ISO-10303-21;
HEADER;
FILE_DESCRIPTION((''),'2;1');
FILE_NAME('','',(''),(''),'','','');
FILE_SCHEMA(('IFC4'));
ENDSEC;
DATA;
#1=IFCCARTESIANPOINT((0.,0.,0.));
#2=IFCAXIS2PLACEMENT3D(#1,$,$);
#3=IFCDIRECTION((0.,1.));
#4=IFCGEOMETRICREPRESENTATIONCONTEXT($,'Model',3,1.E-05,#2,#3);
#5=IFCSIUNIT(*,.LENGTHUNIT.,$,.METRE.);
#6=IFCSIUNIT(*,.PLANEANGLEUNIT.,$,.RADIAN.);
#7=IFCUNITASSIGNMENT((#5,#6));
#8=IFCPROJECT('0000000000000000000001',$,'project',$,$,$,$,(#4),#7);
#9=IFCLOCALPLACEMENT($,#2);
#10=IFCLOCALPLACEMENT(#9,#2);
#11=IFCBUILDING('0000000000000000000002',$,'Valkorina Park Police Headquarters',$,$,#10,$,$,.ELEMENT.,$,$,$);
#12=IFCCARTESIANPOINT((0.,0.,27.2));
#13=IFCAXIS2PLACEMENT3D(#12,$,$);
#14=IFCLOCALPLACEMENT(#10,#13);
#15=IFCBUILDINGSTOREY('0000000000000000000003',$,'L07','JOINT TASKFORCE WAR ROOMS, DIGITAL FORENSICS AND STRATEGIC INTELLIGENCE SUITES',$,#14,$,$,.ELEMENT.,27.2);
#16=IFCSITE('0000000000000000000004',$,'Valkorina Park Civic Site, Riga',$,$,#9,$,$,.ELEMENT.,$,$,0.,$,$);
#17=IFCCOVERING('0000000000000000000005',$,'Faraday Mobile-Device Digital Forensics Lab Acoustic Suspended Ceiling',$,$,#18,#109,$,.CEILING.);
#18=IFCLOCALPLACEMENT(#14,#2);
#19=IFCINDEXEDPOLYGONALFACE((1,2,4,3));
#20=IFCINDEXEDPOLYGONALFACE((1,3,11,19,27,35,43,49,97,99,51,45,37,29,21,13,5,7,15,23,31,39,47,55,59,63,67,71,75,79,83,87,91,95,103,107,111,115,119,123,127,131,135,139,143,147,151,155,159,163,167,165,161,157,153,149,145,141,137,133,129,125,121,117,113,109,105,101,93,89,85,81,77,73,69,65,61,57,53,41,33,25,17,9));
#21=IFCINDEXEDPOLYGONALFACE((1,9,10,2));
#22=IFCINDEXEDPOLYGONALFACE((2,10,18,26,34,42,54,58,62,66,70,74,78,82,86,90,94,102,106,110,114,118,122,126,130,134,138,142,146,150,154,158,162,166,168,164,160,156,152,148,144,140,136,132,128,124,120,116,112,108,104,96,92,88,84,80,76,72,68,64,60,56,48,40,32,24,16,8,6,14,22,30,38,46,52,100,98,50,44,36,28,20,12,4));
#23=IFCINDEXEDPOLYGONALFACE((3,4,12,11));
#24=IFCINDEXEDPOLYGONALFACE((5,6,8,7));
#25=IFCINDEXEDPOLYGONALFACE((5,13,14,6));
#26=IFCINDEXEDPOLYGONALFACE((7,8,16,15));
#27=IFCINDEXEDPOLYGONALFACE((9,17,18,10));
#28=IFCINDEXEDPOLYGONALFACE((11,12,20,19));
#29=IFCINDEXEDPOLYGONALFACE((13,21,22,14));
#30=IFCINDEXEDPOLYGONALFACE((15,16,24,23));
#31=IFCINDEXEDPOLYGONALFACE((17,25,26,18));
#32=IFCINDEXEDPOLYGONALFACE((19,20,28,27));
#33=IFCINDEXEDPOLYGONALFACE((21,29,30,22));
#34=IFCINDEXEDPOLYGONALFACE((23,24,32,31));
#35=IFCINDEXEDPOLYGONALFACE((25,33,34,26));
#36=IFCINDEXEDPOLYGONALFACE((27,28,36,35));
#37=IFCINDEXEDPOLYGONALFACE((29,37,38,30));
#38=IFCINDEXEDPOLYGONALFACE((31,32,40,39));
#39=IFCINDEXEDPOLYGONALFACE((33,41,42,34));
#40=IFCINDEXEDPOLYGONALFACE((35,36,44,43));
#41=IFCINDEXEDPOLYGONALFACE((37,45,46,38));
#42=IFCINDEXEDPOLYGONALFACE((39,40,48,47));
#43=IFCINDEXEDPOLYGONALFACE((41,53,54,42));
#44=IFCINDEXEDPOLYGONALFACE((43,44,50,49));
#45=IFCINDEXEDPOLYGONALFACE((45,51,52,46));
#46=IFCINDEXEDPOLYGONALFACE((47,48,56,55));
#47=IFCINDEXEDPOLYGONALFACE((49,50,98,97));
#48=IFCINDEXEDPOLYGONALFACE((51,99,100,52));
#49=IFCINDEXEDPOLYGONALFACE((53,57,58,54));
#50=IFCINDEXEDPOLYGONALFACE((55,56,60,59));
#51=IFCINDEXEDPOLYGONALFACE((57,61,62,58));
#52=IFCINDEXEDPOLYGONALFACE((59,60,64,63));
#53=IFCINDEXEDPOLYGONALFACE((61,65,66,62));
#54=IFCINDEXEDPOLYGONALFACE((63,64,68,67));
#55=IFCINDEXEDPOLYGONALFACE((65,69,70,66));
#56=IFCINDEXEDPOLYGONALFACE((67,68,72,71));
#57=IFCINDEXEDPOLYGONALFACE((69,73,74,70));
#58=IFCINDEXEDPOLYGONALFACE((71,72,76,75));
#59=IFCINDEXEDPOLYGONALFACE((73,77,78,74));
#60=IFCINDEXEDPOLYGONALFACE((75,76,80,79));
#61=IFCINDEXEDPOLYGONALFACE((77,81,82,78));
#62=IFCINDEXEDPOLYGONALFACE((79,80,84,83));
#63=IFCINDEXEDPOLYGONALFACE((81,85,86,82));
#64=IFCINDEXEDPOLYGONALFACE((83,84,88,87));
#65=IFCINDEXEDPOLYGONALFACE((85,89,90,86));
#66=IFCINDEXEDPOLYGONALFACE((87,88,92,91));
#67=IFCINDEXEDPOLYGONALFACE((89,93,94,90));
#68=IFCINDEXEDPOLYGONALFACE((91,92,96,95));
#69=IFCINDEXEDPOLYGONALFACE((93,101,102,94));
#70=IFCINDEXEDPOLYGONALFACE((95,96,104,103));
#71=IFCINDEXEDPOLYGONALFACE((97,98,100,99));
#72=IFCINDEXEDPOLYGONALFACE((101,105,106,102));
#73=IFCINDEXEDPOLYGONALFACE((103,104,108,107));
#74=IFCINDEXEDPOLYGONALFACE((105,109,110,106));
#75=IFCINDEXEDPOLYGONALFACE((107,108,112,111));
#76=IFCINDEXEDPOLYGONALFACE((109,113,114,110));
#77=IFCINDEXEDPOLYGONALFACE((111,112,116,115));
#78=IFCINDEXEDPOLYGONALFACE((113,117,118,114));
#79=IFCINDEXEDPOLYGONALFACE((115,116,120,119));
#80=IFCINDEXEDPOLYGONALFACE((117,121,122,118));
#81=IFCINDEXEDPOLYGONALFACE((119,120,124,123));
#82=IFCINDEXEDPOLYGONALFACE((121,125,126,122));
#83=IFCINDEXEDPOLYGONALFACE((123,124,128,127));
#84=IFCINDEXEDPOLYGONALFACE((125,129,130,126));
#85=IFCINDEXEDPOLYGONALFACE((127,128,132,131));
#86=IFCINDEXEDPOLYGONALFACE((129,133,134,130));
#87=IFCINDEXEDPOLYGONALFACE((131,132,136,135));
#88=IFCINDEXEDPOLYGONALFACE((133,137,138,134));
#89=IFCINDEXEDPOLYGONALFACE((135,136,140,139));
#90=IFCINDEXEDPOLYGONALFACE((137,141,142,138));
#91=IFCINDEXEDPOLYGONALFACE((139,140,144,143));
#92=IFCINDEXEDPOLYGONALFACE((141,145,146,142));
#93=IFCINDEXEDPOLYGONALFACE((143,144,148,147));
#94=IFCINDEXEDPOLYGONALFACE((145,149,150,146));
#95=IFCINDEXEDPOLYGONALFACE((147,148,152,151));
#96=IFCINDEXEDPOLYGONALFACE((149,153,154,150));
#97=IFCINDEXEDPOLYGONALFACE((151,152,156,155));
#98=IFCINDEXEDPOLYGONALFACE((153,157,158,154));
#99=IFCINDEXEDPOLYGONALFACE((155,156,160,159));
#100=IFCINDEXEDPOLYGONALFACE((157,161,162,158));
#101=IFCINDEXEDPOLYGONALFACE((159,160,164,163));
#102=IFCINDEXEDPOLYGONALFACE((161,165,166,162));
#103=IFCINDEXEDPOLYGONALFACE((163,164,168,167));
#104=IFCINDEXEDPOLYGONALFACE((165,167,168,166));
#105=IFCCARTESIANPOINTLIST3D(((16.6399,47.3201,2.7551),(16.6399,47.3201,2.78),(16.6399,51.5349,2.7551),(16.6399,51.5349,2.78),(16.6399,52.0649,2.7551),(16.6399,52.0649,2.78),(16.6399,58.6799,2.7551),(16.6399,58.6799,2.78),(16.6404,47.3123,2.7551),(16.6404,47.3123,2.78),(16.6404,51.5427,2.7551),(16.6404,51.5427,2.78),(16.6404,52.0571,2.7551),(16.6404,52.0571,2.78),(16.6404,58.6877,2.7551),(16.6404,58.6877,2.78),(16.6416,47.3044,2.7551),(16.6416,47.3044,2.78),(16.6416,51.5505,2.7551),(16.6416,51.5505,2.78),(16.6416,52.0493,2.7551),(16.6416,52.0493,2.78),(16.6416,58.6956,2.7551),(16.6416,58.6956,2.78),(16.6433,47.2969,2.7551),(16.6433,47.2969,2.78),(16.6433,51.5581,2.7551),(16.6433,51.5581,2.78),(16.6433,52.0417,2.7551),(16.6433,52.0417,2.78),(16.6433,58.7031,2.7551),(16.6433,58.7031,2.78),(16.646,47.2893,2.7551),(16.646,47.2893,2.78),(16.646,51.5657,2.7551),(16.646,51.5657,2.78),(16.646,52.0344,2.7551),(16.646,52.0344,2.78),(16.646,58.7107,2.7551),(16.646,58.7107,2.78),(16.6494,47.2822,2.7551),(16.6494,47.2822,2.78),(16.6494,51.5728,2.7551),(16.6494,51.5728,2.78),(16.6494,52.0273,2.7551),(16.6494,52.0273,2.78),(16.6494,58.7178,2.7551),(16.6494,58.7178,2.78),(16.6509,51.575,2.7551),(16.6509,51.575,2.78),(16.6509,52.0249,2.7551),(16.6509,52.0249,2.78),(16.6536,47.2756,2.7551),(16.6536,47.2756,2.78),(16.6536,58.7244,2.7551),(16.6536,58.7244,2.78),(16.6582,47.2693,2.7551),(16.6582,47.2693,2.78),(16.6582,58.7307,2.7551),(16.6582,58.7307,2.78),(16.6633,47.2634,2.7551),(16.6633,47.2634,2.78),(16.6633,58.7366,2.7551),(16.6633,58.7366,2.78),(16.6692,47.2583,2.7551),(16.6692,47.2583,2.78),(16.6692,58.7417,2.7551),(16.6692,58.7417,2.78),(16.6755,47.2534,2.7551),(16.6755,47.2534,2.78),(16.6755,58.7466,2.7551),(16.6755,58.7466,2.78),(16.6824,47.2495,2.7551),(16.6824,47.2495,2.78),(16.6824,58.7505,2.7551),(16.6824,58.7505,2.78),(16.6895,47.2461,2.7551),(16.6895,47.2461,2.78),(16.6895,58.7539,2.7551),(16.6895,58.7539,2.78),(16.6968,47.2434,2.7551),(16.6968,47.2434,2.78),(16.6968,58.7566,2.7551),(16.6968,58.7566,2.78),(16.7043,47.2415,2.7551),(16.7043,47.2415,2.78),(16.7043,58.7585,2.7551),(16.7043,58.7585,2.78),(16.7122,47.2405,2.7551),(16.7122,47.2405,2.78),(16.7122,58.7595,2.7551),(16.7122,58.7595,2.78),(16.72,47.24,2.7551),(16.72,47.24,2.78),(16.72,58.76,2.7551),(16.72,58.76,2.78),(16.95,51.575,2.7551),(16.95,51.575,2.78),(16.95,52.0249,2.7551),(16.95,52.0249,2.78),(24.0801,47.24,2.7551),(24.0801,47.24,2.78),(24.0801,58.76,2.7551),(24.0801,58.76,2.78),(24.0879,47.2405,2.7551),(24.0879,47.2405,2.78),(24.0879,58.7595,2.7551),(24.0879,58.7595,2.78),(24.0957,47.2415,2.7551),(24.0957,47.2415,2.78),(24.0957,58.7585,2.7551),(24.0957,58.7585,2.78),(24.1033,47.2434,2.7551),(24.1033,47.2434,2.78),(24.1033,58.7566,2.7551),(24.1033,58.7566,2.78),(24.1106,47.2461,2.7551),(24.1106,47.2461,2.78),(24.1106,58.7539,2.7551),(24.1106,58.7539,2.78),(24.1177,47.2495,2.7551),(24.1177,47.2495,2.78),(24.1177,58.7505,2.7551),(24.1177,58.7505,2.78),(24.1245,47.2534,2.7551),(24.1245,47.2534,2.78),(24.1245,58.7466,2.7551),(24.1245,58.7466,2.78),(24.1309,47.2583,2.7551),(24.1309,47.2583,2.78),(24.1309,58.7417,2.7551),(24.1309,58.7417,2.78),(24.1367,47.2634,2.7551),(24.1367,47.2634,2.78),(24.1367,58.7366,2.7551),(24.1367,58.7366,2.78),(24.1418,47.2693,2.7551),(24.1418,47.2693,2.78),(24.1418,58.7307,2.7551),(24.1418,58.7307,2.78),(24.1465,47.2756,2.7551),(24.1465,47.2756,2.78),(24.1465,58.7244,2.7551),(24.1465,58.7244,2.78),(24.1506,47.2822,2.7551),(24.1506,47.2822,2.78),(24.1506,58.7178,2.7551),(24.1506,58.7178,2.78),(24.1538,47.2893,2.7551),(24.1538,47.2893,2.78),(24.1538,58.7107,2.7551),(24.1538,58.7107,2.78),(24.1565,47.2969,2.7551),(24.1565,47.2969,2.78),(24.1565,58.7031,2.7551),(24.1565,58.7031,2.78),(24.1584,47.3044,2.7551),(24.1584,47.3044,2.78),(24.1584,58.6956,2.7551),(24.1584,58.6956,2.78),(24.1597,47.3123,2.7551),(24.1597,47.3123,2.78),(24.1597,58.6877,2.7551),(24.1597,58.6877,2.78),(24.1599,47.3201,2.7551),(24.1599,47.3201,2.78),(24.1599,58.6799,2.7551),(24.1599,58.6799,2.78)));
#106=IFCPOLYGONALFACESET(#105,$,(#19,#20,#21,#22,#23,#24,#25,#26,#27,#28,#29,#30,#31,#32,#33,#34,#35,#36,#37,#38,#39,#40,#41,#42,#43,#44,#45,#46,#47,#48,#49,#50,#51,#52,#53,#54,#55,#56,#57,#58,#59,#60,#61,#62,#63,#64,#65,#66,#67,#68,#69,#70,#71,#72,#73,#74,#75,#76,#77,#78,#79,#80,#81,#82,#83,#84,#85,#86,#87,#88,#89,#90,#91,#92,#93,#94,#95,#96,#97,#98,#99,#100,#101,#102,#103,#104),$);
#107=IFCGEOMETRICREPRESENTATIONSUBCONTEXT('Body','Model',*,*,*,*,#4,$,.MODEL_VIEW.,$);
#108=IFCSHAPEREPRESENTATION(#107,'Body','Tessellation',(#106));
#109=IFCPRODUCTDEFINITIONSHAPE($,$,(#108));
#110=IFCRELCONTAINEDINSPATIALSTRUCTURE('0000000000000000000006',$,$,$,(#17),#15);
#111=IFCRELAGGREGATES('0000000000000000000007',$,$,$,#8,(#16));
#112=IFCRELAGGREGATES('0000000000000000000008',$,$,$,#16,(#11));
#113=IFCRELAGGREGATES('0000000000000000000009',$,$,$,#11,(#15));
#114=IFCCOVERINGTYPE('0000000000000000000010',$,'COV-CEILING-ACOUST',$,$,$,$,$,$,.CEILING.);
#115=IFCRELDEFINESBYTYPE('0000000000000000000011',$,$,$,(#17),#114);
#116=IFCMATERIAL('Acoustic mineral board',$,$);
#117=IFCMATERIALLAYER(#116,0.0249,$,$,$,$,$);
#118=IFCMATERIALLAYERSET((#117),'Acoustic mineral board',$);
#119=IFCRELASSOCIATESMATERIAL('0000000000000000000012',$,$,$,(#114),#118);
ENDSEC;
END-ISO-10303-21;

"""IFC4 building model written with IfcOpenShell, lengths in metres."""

from ifc_helpers import new_model, si_unit, direction, frame, origin, place, context, subcontext, project, spatial, polyline, outline, extrude, material, layer, layer_set, type_object, element, save


model = new_model("IFC4")

# Units and contexts
model_context = context("Model", 3, precision=1e-05, world=origin(), true_north=direction((0.0, 1.0)))
body_context = subcontext(model_context, "Body", "Model", "MODEL_VIEW")
ifc_project = project(units=[si_unit("LENGTHUNIT", "METRE"), si_unit("PLANEANGLEUNIT", "RADIAN")], contexts=[model_context])

# Site, building, storey
site_placement = place(None, origin())
site = spatial("IfcSite", under=ifc_project, at=site_placement, Name="Valkorina Park Civic Site, Riga", CompositionType="ELEMENT", RefElevation=0.0)
building_placement = place(site_placement, origin())
building = spatial("IfcBuilding", under=site, at=building_placement, Name="Valkorina Park Police Headquarters", CompositionType="ELEMENT")
storey_placement = place(building_placement, frame((0.0, 0.0, 27.2)))
storey = spatial("IfcBuildingStorey", under=building, at=storey_placement, Name="L07", Description="JOINT TASKFORCE WAR ROOMS, DIGITAL FORENSICS AND STRATEGIC INTELLIGENCE SUITES", CompositionType="ELEMENT", Elevation=27.2)

# Covering
ifc_material_1 = material(Name="Acoustic mineral board")
ifc_layer_1 = layer(ifc_material_1, 0.0249)
ifc_layer_set_1 = layer_set([ifc_layer_1], Name="Acoustic mineral board")
covering_type_1 = type_object("IfcCoveringType", Name="COV-CEILING-ACOUST", PredefinedType="CEILING", material=ifc_layer_set_1)
covering_1_placement = place(storey_placement, frame((0.0, 0.0, 2.7551)))
element("IfcCovering", 1, at=covering_1_placement, inside=storey, type_object=covering_type_1, Name="Faraday Mobile-Device Digital Forensics Lab Acoustic Suspended Ceiling", PredefinedType="CEILING", context=body_context, shape_type="SweptSolid", body=[
    extrude(outline(polyline([(24.0957, 58.7585), (24.0879, 58.7595), (24.0801, 58.76), (16.72, 58.76), (16.7122, 58.7595), (16.7043, 58.7585), (16.6968, 58.7566), (16.6895, 58.7539), (16.6824, 58.7505), (16.6755, 58.7466), (16.6692, 58.7417), (16.6633, 58.7366), (16.6582, 58.7307), (16.6536, 58.7244), (16.6494, 58.7178), (16.646, 58.7107), (16.6433, 58.7031), (16.6416, 58.6956), (16.6404, 58.6877), (16.6399, 58.6799), (16.6399, 52.0649), (16.6404, 52.0571), (16.6416, 52.0493), (16.6433, 52.0417), (16.646, 52.0344), (16.6494, 52.0273), (16.6509, 52.0249), (16.95, 52.0249), (16.95, 51.575), (16.6509, 51.575), (16.6494, 51.5728), (16.646, 51.5657), (16.6433, 51.5581), (16.6416, 51.5505), (16.6404, 51.5427), (16.6399, 51.5349), (16.6399, 47.3201), (16.6404, 47.3123), (16.6416, 47.3044), (16.6433, 47.2969), (16.646, 47.2893), (16.6494, 47.2822), (16.6536, 47.2756), (16.6582, 47.2693), (16.6633, 47.2634), (16.6692, 47.2583), (16.6755, 47.2534), (16.6824, 47.2495), (16.6895, 47.2461), (16.6968, 47.2434), (16.7043, 47.2415), (16.7122, 47.2405), (16.72, 47.24), (24.0801, 47.24), (24.0879, 47.2405), (24.0957, 47.2415), (24.1033, 47.2434), (24.1106, 47.2461), (24.1177, 47.2495), (24.1245, 47.2534), (24.1309, 47.2583), (24.1367, 47.2634), (24.1418, 47.2693), (24.1465, 47.2756), (24.1506, 47.2822), (24.1538, 47.2893), (24.1565, 47.2969), (24.1584, 47.3044), (24.1597, 47.3123), (24.1599, 47.3201), (24.1599, 58.6799), (24.1597, 58.6877), (24.1584, 58.6956), (24.1565, 58.7031), (24.1538, 58.7107), (24.1506, 58.7178), (24.1465, 58.7244), (24.1418, 58.7307), (24.1367, 58.7366), (24.1309, 58.7417), (24.1245, 58.7466), (24.1177, 58.7505), (24.1106, 58.7539), (24.1033, 58.7566), (24.0957, 58.7585)])), origin(), (0.0, 0.0, 1.0), 0.0249),
])

save(model, "model.ifc")
